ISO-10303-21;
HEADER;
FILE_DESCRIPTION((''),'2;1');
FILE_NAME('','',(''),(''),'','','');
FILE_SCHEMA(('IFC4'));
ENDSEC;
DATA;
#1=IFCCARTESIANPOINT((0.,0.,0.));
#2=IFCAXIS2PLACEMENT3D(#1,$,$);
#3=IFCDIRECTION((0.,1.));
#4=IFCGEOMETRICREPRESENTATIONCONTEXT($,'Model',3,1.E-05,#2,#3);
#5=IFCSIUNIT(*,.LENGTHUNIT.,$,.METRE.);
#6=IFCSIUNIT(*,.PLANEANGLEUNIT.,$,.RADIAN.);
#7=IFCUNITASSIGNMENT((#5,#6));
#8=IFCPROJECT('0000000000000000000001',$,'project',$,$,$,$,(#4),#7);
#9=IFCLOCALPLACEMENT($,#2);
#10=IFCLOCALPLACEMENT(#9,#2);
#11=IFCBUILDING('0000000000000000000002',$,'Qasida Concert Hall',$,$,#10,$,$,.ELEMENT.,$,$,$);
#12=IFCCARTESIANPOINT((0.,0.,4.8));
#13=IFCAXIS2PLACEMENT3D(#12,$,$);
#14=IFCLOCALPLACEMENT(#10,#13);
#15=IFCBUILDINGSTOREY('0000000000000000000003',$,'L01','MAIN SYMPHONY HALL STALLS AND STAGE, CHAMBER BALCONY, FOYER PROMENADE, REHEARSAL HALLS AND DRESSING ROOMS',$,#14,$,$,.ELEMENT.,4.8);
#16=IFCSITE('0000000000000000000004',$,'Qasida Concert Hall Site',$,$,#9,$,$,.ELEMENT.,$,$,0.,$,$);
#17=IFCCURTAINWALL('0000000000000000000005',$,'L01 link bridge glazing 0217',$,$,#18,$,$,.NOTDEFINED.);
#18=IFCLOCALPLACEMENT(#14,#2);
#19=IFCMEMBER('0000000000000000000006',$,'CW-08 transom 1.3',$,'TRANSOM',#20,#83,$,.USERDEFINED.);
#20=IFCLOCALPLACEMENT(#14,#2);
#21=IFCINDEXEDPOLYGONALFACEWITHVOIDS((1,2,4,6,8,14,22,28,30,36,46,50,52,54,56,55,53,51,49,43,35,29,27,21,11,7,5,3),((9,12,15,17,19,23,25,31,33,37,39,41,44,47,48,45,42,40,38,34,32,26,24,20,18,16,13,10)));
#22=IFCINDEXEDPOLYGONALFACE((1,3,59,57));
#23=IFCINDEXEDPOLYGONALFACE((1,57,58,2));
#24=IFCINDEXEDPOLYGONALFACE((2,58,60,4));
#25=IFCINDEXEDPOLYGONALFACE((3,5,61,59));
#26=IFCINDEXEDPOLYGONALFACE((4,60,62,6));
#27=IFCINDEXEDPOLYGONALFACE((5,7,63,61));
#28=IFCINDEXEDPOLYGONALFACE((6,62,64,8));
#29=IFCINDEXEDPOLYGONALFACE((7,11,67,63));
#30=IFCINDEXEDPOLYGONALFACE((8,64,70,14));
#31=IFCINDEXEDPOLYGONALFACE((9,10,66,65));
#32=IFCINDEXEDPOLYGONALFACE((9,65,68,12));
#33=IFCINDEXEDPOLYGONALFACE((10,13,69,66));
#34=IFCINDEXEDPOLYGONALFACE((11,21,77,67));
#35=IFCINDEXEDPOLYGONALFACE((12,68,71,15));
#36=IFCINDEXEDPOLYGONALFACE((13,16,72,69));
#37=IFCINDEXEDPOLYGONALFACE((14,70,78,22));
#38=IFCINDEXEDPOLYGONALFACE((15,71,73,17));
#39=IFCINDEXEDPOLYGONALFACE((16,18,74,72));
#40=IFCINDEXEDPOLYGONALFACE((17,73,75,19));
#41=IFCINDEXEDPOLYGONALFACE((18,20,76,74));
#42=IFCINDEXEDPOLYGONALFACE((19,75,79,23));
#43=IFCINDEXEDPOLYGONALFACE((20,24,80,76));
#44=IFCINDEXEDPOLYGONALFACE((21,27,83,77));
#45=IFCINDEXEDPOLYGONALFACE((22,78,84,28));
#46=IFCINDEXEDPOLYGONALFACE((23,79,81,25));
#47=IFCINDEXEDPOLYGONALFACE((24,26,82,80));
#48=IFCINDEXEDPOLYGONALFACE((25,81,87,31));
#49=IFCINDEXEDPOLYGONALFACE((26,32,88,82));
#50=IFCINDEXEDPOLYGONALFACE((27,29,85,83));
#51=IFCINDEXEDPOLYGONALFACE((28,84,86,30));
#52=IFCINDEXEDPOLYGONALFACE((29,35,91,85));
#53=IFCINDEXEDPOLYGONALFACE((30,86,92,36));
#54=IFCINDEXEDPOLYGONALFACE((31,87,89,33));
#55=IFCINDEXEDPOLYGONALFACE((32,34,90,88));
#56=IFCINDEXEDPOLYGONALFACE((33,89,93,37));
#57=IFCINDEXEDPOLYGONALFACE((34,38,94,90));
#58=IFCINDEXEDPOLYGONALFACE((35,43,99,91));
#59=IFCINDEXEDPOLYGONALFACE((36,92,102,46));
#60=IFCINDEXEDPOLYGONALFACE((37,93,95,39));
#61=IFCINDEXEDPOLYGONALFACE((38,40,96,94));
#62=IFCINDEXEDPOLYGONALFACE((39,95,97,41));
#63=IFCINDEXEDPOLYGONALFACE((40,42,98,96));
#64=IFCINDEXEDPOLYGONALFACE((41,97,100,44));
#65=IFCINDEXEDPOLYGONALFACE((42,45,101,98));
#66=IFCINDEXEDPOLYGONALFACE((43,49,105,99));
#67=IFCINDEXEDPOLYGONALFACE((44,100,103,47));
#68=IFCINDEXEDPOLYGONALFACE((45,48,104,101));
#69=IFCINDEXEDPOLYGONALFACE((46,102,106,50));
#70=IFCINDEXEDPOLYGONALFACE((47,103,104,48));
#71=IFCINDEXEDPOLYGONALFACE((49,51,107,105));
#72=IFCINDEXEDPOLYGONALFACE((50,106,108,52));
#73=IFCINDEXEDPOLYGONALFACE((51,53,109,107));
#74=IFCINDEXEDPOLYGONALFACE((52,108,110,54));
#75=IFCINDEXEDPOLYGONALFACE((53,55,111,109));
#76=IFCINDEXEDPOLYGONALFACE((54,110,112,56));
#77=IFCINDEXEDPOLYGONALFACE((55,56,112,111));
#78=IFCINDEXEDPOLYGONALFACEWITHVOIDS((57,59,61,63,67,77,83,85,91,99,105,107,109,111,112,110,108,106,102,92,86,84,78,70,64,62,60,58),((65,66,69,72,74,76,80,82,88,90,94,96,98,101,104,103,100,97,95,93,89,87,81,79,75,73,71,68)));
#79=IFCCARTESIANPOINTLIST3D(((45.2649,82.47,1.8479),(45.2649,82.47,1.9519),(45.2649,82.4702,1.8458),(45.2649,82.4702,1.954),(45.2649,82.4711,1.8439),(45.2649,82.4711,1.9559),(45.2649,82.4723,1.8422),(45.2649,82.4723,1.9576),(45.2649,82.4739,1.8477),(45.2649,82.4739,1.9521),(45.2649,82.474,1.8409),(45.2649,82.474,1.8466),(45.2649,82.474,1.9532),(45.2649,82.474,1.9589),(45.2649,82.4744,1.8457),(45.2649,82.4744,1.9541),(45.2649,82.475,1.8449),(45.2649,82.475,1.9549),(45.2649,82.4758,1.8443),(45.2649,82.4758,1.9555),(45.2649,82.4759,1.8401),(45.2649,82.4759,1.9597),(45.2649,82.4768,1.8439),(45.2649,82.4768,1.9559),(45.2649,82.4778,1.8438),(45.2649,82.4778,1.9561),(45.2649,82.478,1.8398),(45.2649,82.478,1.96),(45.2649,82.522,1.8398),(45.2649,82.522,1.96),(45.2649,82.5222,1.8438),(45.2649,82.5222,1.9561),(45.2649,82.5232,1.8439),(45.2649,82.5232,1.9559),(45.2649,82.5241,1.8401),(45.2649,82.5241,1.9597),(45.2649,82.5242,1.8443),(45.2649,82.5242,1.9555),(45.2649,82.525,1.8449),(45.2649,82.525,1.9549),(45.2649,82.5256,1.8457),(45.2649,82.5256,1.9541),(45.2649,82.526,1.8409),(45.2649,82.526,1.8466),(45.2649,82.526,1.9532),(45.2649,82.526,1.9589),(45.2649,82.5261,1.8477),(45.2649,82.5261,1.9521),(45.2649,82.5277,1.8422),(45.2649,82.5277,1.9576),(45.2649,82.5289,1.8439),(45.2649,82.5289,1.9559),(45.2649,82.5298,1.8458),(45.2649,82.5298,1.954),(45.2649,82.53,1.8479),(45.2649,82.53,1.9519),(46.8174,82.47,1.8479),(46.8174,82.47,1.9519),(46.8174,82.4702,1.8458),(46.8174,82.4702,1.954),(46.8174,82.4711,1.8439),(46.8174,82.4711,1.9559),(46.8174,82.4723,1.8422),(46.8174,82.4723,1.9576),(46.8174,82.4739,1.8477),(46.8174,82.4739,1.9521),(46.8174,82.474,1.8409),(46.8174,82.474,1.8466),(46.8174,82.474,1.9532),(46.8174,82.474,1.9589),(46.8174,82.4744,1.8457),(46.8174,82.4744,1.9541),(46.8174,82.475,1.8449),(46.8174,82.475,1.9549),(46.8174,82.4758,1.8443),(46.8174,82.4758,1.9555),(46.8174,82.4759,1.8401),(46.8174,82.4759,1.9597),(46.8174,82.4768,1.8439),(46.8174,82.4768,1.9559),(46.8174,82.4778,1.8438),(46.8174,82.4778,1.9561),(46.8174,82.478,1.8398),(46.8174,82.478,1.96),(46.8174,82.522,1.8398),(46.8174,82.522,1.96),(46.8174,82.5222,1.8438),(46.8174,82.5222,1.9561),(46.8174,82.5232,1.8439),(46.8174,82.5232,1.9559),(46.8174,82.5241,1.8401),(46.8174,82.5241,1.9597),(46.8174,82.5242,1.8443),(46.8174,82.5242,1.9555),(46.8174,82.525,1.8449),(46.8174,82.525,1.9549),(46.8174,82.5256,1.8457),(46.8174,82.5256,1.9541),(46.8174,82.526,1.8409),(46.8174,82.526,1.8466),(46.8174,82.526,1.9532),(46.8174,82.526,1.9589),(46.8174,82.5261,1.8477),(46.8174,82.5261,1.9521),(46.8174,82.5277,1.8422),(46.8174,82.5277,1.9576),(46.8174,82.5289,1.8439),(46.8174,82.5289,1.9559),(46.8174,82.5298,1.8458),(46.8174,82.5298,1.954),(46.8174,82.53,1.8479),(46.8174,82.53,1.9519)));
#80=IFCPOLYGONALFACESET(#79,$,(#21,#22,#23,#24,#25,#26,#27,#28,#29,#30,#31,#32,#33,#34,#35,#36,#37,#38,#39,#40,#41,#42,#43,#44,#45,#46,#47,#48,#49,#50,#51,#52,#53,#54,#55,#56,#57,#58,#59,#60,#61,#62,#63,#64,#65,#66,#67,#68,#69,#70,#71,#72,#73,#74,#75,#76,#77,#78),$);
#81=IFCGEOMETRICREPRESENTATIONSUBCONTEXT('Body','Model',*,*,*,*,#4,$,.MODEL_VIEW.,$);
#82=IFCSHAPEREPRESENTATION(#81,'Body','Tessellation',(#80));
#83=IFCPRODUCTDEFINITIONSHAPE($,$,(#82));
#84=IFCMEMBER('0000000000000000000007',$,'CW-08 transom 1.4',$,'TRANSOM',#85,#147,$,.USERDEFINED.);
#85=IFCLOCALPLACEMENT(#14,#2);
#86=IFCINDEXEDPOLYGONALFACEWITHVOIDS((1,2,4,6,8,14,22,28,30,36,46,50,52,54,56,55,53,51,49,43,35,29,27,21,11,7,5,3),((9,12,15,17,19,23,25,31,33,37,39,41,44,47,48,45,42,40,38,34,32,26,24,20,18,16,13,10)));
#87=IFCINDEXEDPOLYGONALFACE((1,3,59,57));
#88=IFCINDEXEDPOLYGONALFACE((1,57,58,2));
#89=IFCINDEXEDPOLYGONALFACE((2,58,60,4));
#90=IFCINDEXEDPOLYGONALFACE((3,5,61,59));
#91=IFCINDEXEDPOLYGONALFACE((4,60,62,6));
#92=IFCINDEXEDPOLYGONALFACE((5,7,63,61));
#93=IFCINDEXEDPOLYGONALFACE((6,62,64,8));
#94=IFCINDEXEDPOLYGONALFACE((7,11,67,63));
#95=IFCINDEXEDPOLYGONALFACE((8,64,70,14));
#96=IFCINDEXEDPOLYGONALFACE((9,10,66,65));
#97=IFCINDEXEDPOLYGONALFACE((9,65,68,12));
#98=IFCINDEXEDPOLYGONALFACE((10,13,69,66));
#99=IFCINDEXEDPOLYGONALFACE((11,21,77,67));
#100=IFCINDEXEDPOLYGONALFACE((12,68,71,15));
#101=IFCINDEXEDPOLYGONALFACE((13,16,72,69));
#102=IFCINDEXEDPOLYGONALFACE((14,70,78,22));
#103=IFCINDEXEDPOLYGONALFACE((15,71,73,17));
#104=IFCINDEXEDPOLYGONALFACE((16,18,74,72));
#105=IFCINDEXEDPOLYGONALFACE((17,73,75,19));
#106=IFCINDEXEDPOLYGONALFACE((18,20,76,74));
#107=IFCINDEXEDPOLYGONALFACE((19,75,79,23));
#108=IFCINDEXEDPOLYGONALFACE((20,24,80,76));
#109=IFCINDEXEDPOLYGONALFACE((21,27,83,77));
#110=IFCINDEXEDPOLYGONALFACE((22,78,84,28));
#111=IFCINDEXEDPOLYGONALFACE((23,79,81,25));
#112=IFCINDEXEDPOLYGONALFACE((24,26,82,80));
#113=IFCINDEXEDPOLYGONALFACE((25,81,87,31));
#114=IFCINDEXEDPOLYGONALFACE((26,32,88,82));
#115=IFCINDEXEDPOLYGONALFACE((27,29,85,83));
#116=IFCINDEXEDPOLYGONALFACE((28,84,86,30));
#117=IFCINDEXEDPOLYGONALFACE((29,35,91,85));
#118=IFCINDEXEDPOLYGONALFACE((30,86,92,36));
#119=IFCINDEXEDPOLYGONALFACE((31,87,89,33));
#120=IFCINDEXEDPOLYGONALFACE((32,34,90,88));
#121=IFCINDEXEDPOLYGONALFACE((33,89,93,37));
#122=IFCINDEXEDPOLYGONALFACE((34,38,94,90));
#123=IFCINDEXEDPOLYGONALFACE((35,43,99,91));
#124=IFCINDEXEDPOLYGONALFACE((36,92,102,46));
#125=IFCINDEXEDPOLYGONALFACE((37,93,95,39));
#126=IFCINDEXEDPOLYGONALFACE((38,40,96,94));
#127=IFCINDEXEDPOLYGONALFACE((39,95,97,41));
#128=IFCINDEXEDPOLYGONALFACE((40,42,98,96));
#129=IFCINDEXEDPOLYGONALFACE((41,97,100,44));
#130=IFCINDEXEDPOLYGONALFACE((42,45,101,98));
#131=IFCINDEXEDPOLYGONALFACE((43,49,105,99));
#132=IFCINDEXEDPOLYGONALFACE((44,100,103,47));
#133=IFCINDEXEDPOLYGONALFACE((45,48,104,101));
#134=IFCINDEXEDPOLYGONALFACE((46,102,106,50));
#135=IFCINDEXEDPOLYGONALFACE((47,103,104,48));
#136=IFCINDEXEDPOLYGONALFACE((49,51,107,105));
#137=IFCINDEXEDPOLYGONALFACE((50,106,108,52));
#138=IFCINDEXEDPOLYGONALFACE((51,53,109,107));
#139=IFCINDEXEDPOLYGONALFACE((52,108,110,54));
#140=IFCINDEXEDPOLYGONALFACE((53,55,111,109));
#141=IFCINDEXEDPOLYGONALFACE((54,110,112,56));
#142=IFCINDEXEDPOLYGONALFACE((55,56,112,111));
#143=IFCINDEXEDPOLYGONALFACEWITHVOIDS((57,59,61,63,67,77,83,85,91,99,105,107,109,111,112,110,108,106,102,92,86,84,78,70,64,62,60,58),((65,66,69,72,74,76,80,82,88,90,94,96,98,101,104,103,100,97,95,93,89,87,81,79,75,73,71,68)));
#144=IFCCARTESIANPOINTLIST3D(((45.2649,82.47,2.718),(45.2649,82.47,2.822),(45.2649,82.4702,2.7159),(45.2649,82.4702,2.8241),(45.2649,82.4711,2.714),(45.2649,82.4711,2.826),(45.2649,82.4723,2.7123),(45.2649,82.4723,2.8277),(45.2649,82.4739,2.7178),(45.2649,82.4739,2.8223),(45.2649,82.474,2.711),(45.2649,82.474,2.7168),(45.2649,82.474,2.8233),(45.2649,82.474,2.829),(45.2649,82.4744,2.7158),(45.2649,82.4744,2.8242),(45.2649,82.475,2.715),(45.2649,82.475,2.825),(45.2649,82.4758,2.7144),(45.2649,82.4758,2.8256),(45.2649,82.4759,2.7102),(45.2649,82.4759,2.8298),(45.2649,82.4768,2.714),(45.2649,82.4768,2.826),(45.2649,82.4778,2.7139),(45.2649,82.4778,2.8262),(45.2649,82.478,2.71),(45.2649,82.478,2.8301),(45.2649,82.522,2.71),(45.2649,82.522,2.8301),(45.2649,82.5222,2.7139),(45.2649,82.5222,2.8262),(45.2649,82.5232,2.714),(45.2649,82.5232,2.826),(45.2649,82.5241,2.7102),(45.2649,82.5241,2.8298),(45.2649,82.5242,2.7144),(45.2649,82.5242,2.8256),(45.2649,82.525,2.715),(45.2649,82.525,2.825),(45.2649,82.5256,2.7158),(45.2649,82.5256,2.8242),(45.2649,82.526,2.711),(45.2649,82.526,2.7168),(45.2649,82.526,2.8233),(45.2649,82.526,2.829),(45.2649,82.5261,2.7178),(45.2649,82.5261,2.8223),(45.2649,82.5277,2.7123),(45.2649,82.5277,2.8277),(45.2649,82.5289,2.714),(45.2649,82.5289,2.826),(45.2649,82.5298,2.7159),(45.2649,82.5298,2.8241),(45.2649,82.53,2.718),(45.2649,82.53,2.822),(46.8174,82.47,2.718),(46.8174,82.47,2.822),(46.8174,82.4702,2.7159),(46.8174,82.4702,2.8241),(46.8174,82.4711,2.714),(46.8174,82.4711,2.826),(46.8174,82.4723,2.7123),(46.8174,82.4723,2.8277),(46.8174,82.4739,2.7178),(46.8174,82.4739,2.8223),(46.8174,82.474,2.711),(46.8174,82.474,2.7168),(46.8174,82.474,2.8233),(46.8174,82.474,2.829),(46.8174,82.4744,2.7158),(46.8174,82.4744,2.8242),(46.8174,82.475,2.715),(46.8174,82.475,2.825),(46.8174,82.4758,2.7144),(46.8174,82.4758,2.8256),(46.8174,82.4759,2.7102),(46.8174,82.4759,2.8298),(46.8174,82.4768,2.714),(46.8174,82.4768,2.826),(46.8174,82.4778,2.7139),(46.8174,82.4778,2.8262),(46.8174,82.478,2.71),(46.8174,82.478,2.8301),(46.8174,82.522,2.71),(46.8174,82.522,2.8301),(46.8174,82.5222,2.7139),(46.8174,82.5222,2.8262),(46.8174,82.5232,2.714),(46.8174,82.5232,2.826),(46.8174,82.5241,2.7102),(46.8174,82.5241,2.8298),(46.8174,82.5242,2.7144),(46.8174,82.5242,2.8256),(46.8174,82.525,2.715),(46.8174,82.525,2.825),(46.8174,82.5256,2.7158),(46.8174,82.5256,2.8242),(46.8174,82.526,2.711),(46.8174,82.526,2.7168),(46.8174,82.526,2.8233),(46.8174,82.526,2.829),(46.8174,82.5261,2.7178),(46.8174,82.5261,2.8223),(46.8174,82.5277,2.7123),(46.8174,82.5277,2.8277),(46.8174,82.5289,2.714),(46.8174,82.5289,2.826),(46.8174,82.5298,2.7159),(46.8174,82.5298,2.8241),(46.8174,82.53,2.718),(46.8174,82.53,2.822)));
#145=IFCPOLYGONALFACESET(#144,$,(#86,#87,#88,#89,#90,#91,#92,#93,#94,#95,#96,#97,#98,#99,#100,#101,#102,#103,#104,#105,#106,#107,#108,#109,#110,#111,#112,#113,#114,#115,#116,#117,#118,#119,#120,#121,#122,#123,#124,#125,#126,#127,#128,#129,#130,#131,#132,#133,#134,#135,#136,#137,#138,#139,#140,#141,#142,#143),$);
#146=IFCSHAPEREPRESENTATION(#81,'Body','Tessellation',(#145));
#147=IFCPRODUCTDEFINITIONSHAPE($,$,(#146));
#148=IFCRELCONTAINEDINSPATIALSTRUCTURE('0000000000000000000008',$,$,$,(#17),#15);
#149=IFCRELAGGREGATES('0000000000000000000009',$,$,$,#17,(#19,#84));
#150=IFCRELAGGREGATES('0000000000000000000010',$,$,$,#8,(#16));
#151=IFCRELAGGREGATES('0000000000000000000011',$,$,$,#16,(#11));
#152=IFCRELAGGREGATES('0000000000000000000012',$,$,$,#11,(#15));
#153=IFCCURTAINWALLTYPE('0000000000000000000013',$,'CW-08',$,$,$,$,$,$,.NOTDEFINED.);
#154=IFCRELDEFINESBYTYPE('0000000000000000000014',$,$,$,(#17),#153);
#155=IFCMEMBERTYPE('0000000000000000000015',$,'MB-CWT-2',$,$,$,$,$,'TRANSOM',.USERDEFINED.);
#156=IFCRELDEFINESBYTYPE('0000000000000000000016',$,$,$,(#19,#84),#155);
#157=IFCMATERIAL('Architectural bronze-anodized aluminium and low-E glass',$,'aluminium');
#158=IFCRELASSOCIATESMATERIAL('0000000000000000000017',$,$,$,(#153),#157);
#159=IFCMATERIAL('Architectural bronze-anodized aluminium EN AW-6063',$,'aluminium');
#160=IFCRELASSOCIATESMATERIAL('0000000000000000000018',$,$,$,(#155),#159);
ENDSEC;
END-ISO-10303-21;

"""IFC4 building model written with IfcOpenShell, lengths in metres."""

from ifc_helpers import new_model, si_unit, direction, frame, origin, origin_2d, place, context, subcontext, project, spatial, hollow_rectangle, extrude, material, material_profile, profile_set, type_object, element, aggregate, save


model = new_model("IFC4")

# Units and contexts
model_context = context("Model", 3, precision=1e-05, world=origin(), true_north=direction((0.0, 1.0)))
body_context = subcontext(model_context, "Body", "Model", "MODEL_VIEW")
ifc_project = project(units=[si_unit("LENGTHUNIT", "METRE"), si_unit("PLANEANGLEUNIT", "RADIAN")], contexts=[model_context])

# Site, building, storey
site_placement = place(None, origin())
site = spatial("IfcSite", under=ifc_project, at=site_placement, Name="Qasida Concert Hall Site", CompositionType="ELEMENT", RefElevation=0.0)
building_placement = place(site_placement, origin())
building = spatial("IfcBuilding", under=site, at=building_placement, Name="Qasida Concert Hall", CompositionType="ELEMENT")
storey_placement = place(building_placement, frame((0.0, 0.0, 4.8)))
storey = spatial("IfcBuildingStorey", under=building, at=storey_placement, Name="L01", Description="MAIN SYMPHONY HALL STALLS AND STAGE, CHAMBER BALCONY, FOYER PROMENADE, REHEARSAL HALLS AND DRESSING ROOMS", CompositionType="ELEMENT", Elevation=4.8)

# Curtain wall
ifc_material_1 = material(Name="Architectural bronze-anodized aluminium and low-E glass", Category="aluminium")
curtain_wall_type = type_object("IfcCurtainWallType", Name="CW-08", PredefinedType="NOTDEFINED", material=ifc_material_1)
ifc_material_2 = material(Name="Architectural bronze-anodized aluminium EN AW-6063", Category="aluminium")
curtain_wall_1_placement = place(storey_placement, origin())
curtain_wall_1 = element("IfcCurtainWall", 1, at=curtain_wall_1_placement, inside=storey, type_object=curtain_wall_type, Name="L01 link bridge glazing 0217", PredefinedType="NOTDEFINED")

# Members
ifc_material_profile_1 = material_profile(ifc_material_2, hollow_rectangle(XDim=0.0601, YDim=0.1201, WallThickness=0.0039, InnerFilletRadius=0.0039, OuterFilletRadius=0.0081, at=origin_2d()), Name="CWT 120x60x4")
ifc_profile_set_1 = profile_set([ifc_material_profile_1], Name="Architectural bronze-anodized aluminium EN AW-6063")
member_type_1 = type_object("IfcMemberType", Name="MB-CWT-2", ElementType="TRANSOM", PredefinedType="USERDEFINED", material=ifc_profile_set_1)
member_1_placement = place(storey_placement, frame((45.2649, 82.5, 1.8999), z_axis=(1.0, 0.0, 0.0), x_axis=(0.0, 1.0, 0.0)))
member_1 = element("IfcMember", 2, at=member_1_placement, type_object=member_type_1, Name="CW-08 transom 1.3", ObjectType="TRANSOM", PredefinedType="USERDEFINED", context=body_context, shape_type="SweptSolid", body=[
    extrude(hollow_rectangle(XDim=0.0601, YDim=0.1201, WallThickness=0.0039, InnerFilletRadius=0.0039, OuterFilletRadius=0.0081, at=origin_2d()), origin(), (0.0, 0.0, 1.0), 1.5525),
])
member_2_placement = place(storey_placement, frame((45.2649, 82.5, 2.77), z_axis=(1.0, 0.0, 0.0), x_axis=(0.0, 1.0, 0.0)))
member_2 = element("IfcMember", 3, at=member_2_placement, type_object=member_type_1, Name="CW-08 transom 1.4", ObjectType="TRANSOM", PredefinedType="USERDEFINED", context=body_context, shape_type="SweptSolid", body=[
    extrude(hollow_rectangle(XDim=0.0601, YDim=0.1201, WallThickness=0.0039, InnerFilletRadius=0.0039, OuterFilletRadius=0.0081, at=origin_2d()), origin(), (0.0, 0.0, 1.0), 1.5525),
])

aggregate(curtain_wall_1, [member_1, member_2])

save(model, "model.ifc")
